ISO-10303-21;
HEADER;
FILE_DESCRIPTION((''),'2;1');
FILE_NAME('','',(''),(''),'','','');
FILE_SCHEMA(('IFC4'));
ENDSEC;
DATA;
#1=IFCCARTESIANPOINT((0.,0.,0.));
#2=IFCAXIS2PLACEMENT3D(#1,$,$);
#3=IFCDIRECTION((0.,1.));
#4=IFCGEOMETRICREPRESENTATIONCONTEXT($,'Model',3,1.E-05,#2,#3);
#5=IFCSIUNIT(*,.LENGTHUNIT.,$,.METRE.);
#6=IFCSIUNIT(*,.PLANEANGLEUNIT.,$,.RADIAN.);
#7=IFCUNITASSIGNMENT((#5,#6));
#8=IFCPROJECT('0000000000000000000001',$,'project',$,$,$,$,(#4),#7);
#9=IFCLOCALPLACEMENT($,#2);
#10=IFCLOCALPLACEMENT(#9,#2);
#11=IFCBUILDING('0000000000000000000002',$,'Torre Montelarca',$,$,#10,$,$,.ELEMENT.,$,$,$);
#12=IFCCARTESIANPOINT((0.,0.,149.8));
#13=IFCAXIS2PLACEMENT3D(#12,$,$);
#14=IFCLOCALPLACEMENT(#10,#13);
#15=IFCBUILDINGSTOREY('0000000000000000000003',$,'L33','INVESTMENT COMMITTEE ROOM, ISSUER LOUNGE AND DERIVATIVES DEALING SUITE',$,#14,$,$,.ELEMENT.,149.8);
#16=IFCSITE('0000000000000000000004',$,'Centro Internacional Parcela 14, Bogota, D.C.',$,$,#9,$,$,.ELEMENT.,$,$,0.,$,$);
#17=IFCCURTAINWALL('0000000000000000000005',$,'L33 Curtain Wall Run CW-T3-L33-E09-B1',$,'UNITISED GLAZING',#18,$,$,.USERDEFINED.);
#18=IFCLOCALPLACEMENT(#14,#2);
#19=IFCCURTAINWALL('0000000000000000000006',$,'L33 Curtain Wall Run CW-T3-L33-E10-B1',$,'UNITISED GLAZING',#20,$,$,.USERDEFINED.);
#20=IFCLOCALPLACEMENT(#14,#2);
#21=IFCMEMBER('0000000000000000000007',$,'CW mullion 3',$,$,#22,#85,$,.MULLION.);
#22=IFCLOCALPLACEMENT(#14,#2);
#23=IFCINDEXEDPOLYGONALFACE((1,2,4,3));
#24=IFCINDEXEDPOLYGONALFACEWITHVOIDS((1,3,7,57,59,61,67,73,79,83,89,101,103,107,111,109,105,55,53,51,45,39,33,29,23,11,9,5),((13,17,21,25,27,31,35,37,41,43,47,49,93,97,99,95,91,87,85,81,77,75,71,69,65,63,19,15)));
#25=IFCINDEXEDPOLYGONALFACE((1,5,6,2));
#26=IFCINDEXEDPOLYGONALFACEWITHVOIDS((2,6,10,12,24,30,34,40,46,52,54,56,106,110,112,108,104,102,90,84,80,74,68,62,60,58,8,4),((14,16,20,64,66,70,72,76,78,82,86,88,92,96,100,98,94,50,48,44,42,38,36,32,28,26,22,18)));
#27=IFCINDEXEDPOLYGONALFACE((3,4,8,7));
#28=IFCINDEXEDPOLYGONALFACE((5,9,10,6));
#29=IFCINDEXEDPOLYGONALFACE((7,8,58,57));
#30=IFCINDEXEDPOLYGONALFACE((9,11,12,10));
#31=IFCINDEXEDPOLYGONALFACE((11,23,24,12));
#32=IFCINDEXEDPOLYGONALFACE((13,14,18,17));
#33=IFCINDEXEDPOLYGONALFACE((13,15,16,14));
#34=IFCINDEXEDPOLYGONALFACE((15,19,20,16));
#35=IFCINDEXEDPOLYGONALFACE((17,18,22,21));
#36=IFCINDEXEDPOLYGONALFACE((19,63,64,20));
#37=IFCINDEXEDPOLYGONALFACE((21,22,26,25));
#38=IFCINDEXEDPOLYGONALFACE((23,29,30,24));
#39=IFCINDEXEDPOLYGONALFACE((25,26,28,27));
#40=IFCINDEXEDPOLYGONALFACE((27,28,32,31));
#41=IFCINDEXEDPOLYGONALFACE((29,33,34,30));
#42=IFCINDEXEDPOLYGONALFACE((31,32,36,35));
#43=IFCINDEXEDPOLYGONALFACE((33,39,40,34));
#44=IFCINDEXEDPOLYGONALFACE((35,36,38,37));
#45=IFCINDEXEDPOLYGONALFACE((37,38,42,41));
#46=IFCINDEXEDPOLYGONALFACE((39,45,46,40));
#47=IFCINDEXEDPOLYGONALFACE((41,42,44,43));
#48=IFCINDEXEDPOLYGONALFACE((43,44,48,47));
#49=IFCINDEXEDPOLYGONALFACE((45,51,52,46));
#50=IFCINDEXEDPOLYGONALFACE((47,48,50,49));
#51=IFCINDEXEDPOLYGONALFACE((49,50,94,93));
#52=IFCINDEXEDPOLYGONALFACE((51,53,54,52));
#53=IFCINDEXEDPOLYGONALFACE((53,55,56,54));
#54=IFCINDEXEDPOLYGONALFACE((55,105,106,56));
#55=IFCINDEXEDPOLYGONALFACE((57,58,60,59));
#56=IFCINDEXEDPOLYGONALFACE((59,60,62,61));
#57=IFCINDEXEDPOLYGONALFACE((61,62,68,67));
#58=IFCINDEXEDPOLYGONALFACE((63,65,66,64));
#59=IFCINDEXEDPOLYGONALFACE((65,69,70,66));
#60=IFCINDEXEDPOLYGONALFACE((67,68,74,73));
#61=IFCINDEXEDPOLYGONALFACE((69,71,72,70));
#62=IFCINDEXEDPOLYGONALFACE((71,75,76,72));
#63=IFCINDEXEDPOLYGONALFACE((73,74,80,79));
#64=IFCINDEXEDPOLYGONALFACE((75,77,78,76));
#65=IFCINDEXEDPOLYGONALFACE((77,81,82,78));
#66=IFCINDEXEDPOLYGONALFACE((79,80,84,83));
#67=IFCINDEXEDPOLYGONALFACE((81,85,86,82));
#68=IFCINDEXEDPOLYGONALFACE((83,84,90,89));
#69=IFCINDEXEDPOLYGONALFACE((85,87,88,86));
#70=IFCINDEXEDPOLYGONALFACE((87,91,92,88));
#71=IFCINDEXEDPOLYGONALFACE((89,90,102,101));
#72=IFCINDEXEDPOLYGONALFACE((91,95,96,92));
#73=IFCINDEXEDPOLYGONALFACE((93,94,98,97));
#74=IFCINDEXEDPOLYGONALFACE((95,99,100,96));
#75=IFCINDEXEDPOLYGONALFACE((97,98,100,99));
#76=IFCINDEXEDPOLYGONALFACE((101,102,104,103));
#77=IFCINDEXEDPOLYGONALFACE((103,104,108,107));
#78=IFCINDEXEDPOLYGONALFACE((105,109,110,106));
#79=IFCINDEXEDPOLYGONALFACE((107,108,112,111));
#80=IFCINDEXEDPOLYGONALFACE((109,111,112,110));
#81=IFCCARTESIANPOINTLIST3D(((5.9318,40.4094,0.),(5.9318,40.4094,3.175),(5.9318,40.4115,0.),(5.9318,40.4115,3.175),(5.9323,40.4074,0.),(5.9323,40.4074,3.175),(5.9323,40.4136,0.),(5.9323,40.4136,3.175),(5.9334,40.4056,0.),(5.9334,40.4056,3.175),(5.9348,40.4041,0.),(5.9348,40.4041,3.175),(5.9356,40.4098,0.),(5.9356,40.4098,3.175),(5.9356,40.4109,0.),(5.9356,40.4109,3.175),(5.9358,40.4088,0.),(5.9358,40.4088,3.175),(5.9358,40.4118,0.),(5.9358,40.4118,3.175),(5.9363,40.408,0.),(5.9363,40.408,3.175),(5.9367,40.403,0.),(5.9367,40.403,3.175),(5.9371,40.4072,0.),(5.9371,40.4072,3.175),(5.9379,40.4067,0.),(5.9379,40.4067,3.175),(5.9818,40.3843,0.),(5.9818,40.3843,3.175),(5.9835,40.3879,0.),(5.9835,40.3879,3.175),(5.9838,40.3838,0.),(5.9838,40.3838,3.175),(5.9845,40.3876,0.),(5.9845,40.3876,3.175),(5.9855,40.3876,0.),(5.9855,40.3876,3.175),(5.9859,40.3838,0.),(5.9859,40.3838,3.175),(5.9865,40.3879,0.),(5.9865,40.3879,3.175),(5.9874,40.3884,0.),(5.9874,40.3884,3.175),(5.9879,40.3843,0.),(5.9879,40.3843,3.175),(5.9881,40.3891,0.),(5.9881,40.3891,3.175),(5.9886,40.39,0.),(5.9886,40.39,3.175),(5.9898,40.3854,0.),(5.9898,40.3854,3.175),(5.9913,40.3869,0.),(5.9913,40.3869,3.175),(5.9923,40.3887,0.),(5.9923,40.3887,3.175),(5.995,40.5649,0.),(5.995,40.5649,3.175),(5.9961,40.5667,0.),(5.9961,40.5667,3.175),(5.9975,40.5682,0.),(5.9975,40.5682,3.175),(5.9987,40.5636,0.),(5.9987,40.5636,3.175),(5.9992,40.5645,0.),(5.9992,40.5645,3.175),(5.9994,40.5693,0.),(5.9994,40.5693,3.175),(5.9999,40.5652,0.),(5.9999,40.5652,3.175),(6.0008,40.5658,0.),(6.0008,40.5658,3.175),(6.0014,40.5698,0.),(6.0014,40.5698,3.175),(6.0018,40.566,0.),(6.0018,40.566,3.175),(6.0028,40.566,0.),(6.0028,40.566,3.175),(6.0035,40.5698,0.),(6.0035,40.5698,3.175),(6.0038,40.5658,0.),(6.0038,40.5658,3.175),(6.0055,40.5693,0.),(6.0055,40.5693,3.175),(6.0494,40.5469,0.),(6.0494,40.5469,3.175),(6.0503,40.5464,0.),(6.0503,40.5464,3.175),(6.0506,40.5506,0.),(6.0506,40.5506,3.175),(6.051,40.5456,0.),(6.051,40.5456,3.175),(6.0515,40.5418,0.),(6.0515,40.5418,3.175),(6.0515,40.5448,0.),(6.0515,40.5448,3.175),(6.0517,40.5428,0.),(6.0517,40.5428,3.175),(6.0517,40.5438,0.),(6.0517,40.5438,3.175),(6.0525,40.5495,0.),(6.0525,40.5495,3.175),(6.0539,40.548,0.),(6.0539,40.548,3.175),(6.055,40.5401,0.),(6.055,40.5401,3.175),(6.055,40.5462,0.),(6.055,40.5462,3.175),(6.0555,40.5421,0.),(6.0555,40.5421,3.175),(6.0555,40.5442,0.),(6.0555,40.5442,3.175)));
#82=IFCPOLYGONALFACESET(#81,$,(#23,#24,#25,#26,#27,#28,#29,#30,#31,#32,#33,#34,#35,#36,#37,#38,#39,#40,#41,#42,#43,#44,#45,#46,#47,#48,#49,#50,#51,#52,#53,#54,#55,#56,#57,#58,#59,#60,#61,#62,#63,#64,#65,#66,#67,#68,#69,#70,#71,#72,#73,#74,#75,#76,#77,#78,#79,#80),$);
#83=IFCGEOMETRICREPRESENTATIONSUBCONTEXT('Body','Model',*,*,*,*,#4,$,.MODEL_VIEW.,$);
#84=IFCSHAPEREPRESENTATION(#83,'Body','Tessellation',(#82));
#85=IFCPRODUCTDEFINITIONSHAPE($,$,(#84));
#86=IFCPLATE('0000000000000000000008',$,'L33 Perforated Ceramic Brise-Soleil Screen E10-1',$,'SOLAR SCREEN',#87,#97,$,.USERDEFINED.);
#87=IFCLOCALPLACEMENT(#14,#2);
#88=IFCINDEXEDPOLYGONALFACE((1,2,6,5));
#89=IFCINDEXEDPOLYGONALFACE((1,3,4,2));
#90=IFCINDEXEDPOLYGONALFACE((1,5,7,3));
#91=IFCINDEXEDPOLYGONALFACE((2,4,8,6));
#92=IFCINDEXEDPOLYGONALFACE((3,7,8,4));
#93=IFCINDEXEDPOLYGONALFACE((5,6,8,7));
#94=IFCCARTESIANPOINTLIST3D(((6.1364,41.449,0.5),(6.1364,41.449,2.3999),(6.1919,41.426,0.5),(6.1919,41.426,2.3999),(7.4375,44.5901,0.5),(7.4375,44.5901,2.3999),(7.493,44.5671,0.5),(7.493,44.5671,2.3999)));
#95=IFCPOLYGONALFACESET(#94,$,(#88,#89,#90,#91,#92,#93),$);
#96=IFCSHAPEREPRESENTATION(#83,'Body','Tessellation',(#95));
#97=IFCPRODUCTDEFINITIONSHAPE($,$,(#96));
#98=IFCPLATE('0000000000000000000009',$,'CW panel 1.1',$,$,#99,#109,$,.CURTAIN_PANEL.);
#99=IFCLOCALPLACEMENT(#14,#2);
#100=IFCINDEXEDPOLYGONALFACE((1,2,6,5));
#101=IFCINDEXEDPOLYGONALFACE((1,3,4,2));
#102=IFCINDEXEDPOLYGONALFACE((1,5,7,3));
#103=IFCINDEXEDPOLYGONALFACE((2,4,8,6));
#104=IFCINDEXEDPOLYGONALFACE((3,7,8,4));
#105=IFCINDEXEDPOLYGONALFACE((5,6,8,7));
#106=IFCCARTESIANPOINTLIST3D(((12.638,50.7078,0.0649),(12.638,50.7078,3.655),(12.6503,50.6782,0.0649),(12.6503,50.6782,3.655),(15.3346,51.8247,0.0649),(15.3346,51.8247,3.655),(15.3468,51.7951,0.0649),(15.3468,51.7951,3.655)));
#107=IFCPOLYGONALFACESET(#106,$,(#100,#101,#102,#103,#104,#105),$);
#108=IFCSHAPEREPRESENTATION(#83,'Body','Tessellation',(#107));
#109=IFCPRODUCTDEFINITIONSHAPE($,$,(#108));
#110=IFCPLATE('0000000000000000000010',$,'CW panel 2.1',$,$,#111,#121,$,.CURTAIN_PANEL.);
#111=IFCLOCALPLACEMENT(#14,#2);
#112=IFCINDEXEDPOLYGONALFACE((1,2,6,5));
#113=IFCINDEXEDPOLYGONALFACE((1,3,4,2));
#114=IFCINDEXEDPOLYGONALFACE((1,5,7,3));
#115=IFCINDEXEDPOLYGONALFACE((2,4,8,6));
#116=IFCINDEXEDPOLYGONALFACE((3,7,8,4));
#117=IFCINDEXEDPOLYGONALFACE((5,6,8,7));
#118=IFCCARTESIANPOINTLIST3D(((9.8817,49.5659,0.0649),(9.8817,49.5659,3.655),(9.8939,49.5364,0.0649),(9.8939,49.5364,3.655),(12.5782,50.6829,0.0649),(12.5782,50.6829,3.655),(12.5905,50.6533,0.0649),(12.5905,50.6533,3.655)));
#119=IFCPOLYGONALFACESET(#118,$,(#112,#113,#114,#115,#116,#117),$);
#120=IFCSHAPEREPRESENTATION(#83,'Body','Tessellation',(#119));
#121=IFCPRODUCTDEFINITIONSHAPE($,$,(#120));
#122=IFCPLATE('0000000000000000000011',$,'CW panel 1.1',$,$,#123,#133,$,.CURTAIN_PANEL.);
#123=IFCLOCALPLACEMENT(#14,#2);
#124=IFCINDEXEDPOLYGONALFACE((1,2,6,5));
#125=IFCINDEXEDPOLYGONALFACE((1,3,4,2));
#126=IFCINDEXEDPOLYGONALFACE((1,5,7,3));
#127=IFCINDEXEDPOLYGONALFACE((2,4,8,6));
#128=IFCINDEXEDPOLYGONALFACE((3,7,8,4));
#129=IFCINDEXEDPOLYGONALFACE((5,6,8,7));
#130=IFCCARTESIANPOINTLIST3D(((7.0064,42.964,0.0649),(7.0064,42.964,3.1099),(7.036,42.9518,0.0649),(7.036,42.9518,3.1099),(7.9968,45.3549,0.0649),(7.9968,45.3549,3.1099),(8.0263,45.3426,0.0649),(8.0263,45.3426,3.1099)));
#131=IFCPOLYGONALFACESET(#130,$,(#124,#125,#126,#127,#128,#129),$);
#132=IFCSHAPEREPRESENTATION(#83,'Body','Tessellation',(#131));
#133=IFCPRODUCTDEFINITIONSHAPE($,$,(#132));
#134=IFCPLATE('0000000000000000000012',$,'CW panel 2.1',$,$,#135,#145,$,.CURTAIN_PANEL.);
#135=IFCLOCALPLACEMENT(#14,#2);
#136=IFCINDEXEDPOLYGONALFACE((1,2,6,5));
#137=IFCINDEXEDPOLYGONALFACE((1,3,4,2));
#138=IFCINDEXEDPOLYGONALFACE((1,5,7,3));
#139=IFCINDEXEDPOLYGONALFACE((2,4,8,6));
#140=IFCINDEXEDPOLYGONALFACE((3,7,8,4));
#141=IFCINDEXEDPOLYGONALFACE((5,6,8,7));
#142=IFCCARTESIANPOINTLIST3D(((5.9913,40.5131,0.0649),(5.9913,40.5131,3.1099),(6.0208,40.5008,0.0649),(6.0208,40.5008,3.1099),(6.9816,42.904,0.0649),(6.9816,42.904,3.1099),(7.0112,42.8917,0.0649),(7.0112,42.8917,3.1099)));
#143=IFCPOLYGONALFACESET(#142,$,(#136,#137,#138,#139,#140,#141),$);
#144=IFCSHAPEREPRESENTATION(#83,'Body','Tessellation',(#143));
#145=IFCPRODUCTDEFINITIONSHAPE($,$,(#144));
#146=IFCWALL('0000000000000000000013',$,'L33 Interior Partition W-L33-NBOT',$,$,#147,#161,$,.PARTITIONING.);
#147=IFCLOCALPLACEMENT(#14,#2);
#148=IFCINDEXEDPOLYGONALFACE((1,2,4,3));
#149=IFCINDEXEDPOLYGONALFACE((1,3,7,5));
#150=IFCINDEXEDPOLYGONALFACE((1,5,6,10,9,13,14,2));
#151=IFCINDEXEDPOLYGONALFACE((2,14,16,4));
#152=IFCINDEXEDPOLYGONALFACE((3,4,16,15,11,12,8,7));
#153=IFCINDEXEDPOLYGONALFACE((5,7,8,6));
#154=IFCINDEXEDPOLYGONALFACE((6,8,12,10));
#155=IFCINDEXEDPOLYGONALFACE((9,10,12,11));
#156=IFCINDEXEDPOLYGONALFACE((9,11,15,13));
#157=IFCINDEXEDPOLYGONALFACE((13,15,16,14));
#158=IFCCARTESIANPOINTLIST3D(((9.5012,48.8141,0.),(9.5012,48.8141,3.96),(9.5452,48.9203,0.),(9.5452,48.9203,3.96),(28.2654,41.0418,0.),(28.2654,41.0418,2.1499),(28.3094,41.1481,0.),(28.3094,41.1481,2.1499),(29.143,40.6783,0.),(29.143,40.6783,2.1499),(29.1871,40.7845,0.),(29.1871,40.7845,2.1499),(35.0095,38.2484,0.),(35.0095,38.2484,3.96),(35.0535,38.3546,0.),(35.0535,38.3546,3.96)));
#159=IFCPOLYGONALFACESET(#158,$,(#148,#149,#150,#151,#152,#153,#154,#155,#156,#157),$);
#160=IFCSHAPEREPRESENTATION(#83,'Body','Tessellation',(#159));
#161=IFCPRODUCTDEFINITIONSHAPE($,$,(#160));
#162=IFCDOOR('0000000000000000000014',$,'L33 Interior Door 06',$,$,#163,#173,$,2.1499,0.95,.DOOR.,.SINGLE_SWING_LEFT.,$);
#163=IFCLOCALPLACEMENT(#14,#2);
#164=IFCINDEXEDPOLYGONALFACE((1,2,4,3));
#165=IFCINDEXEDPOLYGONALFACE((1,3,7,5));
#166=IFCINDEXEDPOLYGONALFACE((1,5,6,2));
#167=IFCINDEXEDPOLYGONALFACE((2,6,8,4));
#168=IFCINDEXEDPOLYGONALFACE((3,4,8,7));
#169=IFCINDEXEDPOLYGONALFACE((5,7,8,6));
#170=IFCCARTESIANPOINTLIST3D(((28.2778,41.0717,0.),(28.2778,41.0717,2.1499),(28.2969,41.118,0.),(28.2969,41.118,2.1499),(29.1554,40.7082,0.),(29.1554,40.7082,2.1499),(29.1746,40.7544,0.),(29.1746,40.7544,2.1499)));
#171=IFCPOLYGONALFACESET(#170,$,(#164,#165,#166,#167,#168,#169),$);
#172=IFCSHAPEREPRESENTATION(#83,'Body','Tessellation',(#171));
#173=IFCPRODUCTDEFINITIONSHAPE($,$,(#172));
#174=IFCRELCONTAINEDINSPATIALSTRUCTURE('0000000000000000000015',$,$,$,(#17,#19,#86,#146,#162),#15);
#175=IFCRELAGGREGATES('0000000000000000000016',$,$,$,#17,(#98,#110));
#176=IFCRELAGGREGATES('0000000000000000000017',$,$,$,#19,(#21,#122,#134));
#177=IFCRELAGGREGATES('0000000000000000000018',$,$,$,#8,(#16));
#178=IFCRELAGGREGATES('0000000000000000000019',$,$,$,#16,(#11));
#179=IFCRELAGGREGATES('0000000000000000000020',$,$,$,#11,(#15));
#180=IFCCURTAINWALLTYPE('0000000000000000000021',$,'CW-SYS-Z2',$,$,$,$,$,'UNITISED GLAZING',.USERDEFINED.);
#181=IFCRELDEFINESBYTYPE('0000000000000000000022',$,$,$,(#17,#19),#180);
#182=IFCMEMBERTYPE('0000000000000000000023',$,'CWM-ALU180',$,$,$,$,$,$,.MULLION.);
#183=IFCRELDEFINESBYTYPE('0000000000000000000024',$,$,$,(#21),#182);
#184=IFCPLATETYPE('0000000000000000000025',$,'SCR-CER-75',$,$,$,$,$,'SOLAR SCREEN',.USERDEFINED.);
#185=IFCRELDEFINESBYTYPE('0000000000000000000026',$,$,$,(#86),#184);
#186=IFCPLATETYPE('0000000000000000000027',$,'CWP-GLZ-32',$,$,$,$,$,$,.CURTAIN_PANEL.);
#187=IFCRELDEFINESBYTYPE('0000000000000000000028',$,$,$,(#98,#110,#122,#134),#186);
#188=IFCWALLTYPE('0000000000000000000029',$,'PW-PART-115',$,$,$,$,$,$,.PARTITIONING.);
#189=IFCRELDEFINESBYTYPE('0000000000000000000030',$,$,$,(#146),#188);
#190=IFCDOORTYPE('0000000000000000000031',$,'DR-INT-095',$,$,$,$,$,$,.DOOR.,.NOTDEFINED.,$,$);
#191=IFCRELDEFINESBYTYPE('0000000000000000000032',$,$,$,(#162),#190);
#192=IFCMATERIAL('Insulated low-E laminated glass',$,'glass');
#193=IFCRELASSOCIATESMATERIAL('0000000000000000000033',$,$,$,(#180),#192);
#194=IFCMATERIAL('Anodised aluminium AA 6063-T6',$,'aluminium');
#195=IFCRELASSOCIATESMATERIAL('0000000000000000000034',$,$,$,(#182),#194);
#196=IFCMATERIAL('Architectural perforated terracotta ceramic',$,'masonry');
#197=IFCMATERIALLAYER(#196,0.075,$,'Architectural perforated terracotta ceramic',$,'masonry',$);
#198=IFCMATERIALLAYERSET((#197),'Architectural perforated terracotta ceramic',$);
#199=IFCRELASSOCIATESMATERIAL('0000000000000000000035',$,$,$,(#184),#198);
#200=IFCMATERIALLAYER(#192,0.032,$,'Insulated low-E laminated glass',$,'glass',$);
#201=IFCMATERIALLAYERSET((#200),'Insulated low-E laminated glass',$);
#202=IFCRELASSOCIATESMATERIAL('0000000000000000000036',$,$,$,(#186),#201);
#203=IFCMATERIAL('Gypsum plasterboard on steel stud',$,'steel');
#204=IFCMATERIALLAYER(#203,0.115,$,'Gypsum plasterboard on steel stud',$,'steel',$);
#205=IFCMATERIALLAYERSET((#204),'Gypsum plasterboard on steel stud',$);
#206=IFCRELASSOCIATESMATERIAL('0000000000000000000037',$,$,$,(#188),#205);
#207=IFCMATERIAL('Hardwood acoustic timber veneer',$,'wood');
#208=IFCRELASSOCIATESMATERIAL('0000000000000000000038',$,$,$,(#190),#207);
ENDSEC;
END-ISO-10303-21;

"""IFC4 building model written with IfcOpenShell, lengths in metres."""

from ifc_helpers import new_model, si_unit, direction, frame, frame_2d, origin, origin_2d, place, context, subcontext, project, spatial, rectangle, hollow_rectangle, extrude, source, transform, mapped, material, layer, layer_set, material_profile, profile_set, type_object, element, fill, aggregate, save


model = new_model("IFC4")

# Units and contexts
model_context = context("Model", 3, precision=1e-05, world=origin(), true_north=direction((0.0, 1.0)))
body_context = subcontext(model_context, "Body", "Model", "MODEL_VIEW")
ifc_project = project(units=[si_unit("LENGTHUNIT", "METRE"), si_unit("PLANEANGLEUNIT", "RADIAN")], contexts=[model_context])

# Site, building, storey
site_placement = place(None, origin())
site = spatial("IfcSite", under=ifc_project, at=site_placement, Name="Centro Internacional Parcela 14, Bogota, D.C.", CompositionType="ELEMENT", RefElevation=0.0)
building_placement = place(site_placement, origin())
building = spatial("IfcBuilding", under=site, at=building_placement, Name="Torre Montelarca", CompositionType="ELEMENT")
storey_placement = place(building_placement, frame((0.0, 0.0, 149.8)))
storey = spatial("IfcBuildingStorey", under=building, at=storey_placement, Name="L33", Description="INVESTMENT COMMITTEE ROOM, ISSUER LOUNGE AND DERIVATIVES DEALING SUITE", CompositionType="ELEMENT", Elevation=149.8)

# Curtain walls
ifc_material_1 = material(Name="Insulated low-E laminated glass", Category="glass")
curtain_wall_type = type_object("IfcCurtainWallType", Name="CW-SYS-Z2", ElementType="UNITISED GLAZING", PredefinedType="USERDEFINED", material=ifc_material_1)
curtain_wall_1_placement = place(storey_placement, origin())
curtain_wall_1 = element("IfcCurtainWall", 1, at=curtain_wall_1_placement, inside=storey, type_object=curtain_wall_type, Name="L33 Curtain Wall Run CW-T3-L33-E09-B1", ObjectType="UNITISED GLAZING", PredefinedType="USERDEFINED")
ifc_material_2 = material(Name="Anodised aluminium AA 6063-T6", Category="aluminium")
curtain_wall_2_placement = place(storey_placement, origin())
curtain_wall_2 = element("IfcCurtainWall", 2, at=curtain_wall_2_placement, inside=storey, type_object=curtain_wall_type, Name="L33 Curtain Wall Run CW-T3-L33-E10-B1", ObjectType="UNITISED GLAZING", PredefinedType="USERDEFINED")

# Member
ifc_material_profile_1 = material_profile(ifc_material_2, hollow_rectangle(XDim=0.0649, YDim=0.1799, WallThickness=0.0039, InnerFilletRadius=0.0039, OuterFilletRadius=0.0081, at=origin_2d()), Name="ALU65X180X4", Category="aluminium")
ifc_profile_set_1 = profile_set([ifc_material_profile_1], Name="Anodised aluminium AA 6063-T6")
member_type_1 = type_object("IfcMemberType", Name="CWM-ALU180", PredefinedType="MULLION", material=ifc_profile_set_1)
shared_shape_1 = source(origin(), body_context, "Body", "SweptSolid", [
    extrude(hollow_rectangle(XDim=0.0649, YDim=0.1799, WallThickness=0.0039, InnerFilletRadius=0.0039, OuterFilletRadius=0.0081, at=origin_2d()), origin(), (0.0, 0.0, 1.0), 3.175),
])
member_1_placement = place(storey_placement, frame((5.9937, 40.4768, 0.0), z_axis=(0.0, 0.0, 1.0), x_axis=(0.923879, -0.382686, 0.0)))
member_1 = element("IfcMember", 3, at=member_1_placement, type_object=member_type_1, Name="CW mullion 3", PredefinedType="MULLION", context=body_context, shape_type="MappedRepresentation", body=[
    mapped(shared_shape_1, transform((0.0, 0.0, 0.0), scale=1.0)),
])

# Plates
ifc_material_3 = material(Name="Architectural perforated terracotta ceramic", Category="masonry")
ifc_layer_1 = layer(ifc_material_3, 0.075, Name="Architectural perforated terracotta ceramic", Category="masonry")
ifc_layer_set_1 = layer_set([ifc_layer_1], Name="Architectural perforated terracotta ceramic")
plate_type_1 = type_object("IfcPlateType", Name="SCR-CER-75", ElementType="SOLAR SCREEN", PredefinedType="USERDEFINED", material=ifc_layer_set_1)
shared_shape_2 = source(origin(), body_context, "Body", "SweptSolid", [
    extrude(rectangle(XDim=3.3999, YDim=0.0601, at=origin_2d()), origin(), (0.0, 0.0, 1.0), 1.8999),
])
plate_1_placement = place(storey_placement, frame((6.8147, 43.0081, 0.5), z_axis=(0.0, 0.0, 1.0), x_axis=(-0.38268, -0.923881, 0.0)))
element("IfcPlate", 4, at=plate_1_placement, inside=storey, type_object=plate_type_1, Name="L33 Perforated Ceramic Brise-Soleil Screen E10-1", ObjectType="SOLAR SCREEN", PredefinedType="USERDEFINED", context=body_context, shape_type="MappedRepresentation", body=[
    mapped(shared_shape_2, transform((0.0, 0.0, 0.0), scale=1.0)),
])
ifc_layer_2 = layer(ifc_material_1, 0.032, Name="Insulated low-E laminated glass", Category="glass")
ifc_layer_set_2 = layer_set([ifc_layer_2], Name="Insulated low-E laminated glass")
plate_type_2 = type_object("IfcPlateType", Name="CWP-GLZ-32", PredefinedType="CURTAIN_PANEL", material=ifc_layer_set_2)
shared_shape_3 = source(origin(), body_context, "Body", "SweptSolid", [
    extrude(rectangle(XDim=2.9187, YDim=0.032, at=origin_2d()), origin(), (0.0, 0.0, 1.0), 3.5901),
])
plate_2_placement = place(storey_placement, frame((13.9924, 51.2515, 0.0649), z_axis=(0.0, 0.0, 1.0), x_axis=(-0.923883, -0.382676, 0.0)))
plate_2 = element("IfcPlate", 5, at=plate_2_placement, type_object=plate_type_2, Name="CW panel 1.1", PredefinedType="CURTAIN_PANEL", context=body_context, shape_type="MappedRepresentation", body=[
    mapped(shared_shape_3, transform((0.0, 0.0, 0.0), scale=1.0)),
])
plate_3_placement = place(storey_placement, frame((11.2361, 50.1096, 0.0649), z_axis=(0.0, 0.0, 1.0), x_axis=(-0.923883, -0.382676, 0.0)))
plate_3 = element("IfcPlate", 6, at=plate_3_placement, type_object=plate_type_2, Name="CW panel 2.1", PredefinedType="CURTAIN_PANEL", context=body_context, shape_type="MappedRepresentation", body=[
    mapped(shared_shape_3, transform((0.0, 0.0, 0.0), scale=1.0)),
])
aggregate(curtain_wall_1, [plate_2, plate_3])
shared_shape_4 = source(origin(), body_context, "Body", "SweptSolid", [
    extrude(rectangle(XDim=2.5879, YDim=0.032, at=origin_2d()), origin(), (0.0, 0.0, 1.0), 3.0449),
])
plate_4_placement = place(storey_placement, frame((7.5164, 44.1533, 0.0649), z_axis=(0.0, 0.0, 1.0), x_axis=(-0.382686, -0.923879, 0.0)))
plate_4 = element("IfcPlate", 7, at=plate_4_placement, type_object=plate_type_2, Name="CW panel 1.1", PredefinedType="CURTAIN_PANEL", context=body_context, shape_type="MappedRepresentation", body=[
    mapped(shared_shape_4, transform((0.0, 0.0, 0.0), scale=1.0)),
])
plate_5_placement = place(storey_placement, frame((6.5012, 41.7024, 0.0649), z_axis=(0.0, 0.0, 1.0), x_axis=(-0.382686, -0.923879, 0.0)))
plate_5 = element("IfcPlate", 8, at=plate_5_placement, type_object=plate_type_2, Name="CW panel 2.1", PredefinedType="CURTAIN_PANEL", context=body_context, shape_type="MappedRepresentation", body=[
    mapped(shared_shape_4, transform((0.0, 0.0, 0.0), scale=1.0)),
])
aggregate(curtain_wall_2, [member_1, plate_4, plate_5])

# Wall, opening, door
ifc_material_4 = material(Name="Gypsum plasterboard on steel stud", Category="steel")
ifc_layer_3 = layer(ifc_material_4, 0.115, Name="Gypsum plasterboard on steel stud", Category="steel")
ifc_layer_set_3 = layer_set([ifc_layer_3], Name="Gypsum plasterboard on steel stud")
wall_type = type_object("IfcWallType", Name="PW-PART-115", PredefinedType="PARTITIONING", material=ifc_layer_set_3)
wall_placement = place(storey_placement, frame((9.5232, 48.8672, 0.0), z_axis=(0.0, 0.0, 1.0), x_axis=(0.923882, -0.382677, 0.0)))
wall = element("IfcWall", 9, at=wall_placement, inside=storey, type_object=wall_type, Name="L33 Interior Partition W-L33-NBOT", PredefinedType="PARTITIONING", context=body_context, shape_type="SweptSolid", body=[
    extrude(rectangle(XDim=27.6099, YDim=0.115, at=frame_2d((13.8049, 0.0))), origin(), (0.0, 0.0, 1.0), 3.96),
])
opening_placement = place(wall_placement, frame((20.3101, 0.0, 0.0)))
opening = element("IfcOpeningElement", 10, at=opening_placement, cuts=wall, PredefinedType="OPENING", context=body_context, shape_type="SweptSolid", body=[
    extrude(rectangle(XDim=0.95, YDim=2.1499, at=frame_2d((0.4751, 1.075))), frame((0.0, 0.0674, 0.0), z_axis=(0.0, -1.0, 0.0), x_axis=(1.0, 0.0, 0.0)), (0.0, 0.0, 1.0), 0.135),
])
ifc_material_5 = material(Name="Hardwood acoustic timber veneer", Category="wood")
door_type = type_object("IfcDoorType", Name="DR-INT-095", OperationType="NOTDEFINED", PredefinedType="DOOR", material=ifc_material_5)
shared_shape_5 = source(origin(), body_context, "Body", "SweptSolid", [
    extrude(rectangle(XDim=0.95, YDim=2.1499, at=frame_2d((0.4751, 1.075))), frame((0.0, 0.0249, 0.0), z_axis=(0.0, -1.0, 0.0), x_axis=(1.0, 0.0, 0.0)), (0.0, 0.0, 1.0), 0.05),
])
door_placement = place(opening_placement, origin())
door = element("IfcDoor", 11, at=door_placement, inside=storey, type_object=door_type, Name="L33 Interior Door 06", OperationType="SINGLE_SWING_LEFT", OverallHeight=2.1499, OverallWidth=0.95, PredefinedType="DOOR", context=body_context, shape_type="MappedRepresentation", body=[
    mapped(shared_shape_5, transform((0.0, 0.0, 0.0), scale=1.0)),
])
fill(opening, door)

save(model, "model.ifc")
